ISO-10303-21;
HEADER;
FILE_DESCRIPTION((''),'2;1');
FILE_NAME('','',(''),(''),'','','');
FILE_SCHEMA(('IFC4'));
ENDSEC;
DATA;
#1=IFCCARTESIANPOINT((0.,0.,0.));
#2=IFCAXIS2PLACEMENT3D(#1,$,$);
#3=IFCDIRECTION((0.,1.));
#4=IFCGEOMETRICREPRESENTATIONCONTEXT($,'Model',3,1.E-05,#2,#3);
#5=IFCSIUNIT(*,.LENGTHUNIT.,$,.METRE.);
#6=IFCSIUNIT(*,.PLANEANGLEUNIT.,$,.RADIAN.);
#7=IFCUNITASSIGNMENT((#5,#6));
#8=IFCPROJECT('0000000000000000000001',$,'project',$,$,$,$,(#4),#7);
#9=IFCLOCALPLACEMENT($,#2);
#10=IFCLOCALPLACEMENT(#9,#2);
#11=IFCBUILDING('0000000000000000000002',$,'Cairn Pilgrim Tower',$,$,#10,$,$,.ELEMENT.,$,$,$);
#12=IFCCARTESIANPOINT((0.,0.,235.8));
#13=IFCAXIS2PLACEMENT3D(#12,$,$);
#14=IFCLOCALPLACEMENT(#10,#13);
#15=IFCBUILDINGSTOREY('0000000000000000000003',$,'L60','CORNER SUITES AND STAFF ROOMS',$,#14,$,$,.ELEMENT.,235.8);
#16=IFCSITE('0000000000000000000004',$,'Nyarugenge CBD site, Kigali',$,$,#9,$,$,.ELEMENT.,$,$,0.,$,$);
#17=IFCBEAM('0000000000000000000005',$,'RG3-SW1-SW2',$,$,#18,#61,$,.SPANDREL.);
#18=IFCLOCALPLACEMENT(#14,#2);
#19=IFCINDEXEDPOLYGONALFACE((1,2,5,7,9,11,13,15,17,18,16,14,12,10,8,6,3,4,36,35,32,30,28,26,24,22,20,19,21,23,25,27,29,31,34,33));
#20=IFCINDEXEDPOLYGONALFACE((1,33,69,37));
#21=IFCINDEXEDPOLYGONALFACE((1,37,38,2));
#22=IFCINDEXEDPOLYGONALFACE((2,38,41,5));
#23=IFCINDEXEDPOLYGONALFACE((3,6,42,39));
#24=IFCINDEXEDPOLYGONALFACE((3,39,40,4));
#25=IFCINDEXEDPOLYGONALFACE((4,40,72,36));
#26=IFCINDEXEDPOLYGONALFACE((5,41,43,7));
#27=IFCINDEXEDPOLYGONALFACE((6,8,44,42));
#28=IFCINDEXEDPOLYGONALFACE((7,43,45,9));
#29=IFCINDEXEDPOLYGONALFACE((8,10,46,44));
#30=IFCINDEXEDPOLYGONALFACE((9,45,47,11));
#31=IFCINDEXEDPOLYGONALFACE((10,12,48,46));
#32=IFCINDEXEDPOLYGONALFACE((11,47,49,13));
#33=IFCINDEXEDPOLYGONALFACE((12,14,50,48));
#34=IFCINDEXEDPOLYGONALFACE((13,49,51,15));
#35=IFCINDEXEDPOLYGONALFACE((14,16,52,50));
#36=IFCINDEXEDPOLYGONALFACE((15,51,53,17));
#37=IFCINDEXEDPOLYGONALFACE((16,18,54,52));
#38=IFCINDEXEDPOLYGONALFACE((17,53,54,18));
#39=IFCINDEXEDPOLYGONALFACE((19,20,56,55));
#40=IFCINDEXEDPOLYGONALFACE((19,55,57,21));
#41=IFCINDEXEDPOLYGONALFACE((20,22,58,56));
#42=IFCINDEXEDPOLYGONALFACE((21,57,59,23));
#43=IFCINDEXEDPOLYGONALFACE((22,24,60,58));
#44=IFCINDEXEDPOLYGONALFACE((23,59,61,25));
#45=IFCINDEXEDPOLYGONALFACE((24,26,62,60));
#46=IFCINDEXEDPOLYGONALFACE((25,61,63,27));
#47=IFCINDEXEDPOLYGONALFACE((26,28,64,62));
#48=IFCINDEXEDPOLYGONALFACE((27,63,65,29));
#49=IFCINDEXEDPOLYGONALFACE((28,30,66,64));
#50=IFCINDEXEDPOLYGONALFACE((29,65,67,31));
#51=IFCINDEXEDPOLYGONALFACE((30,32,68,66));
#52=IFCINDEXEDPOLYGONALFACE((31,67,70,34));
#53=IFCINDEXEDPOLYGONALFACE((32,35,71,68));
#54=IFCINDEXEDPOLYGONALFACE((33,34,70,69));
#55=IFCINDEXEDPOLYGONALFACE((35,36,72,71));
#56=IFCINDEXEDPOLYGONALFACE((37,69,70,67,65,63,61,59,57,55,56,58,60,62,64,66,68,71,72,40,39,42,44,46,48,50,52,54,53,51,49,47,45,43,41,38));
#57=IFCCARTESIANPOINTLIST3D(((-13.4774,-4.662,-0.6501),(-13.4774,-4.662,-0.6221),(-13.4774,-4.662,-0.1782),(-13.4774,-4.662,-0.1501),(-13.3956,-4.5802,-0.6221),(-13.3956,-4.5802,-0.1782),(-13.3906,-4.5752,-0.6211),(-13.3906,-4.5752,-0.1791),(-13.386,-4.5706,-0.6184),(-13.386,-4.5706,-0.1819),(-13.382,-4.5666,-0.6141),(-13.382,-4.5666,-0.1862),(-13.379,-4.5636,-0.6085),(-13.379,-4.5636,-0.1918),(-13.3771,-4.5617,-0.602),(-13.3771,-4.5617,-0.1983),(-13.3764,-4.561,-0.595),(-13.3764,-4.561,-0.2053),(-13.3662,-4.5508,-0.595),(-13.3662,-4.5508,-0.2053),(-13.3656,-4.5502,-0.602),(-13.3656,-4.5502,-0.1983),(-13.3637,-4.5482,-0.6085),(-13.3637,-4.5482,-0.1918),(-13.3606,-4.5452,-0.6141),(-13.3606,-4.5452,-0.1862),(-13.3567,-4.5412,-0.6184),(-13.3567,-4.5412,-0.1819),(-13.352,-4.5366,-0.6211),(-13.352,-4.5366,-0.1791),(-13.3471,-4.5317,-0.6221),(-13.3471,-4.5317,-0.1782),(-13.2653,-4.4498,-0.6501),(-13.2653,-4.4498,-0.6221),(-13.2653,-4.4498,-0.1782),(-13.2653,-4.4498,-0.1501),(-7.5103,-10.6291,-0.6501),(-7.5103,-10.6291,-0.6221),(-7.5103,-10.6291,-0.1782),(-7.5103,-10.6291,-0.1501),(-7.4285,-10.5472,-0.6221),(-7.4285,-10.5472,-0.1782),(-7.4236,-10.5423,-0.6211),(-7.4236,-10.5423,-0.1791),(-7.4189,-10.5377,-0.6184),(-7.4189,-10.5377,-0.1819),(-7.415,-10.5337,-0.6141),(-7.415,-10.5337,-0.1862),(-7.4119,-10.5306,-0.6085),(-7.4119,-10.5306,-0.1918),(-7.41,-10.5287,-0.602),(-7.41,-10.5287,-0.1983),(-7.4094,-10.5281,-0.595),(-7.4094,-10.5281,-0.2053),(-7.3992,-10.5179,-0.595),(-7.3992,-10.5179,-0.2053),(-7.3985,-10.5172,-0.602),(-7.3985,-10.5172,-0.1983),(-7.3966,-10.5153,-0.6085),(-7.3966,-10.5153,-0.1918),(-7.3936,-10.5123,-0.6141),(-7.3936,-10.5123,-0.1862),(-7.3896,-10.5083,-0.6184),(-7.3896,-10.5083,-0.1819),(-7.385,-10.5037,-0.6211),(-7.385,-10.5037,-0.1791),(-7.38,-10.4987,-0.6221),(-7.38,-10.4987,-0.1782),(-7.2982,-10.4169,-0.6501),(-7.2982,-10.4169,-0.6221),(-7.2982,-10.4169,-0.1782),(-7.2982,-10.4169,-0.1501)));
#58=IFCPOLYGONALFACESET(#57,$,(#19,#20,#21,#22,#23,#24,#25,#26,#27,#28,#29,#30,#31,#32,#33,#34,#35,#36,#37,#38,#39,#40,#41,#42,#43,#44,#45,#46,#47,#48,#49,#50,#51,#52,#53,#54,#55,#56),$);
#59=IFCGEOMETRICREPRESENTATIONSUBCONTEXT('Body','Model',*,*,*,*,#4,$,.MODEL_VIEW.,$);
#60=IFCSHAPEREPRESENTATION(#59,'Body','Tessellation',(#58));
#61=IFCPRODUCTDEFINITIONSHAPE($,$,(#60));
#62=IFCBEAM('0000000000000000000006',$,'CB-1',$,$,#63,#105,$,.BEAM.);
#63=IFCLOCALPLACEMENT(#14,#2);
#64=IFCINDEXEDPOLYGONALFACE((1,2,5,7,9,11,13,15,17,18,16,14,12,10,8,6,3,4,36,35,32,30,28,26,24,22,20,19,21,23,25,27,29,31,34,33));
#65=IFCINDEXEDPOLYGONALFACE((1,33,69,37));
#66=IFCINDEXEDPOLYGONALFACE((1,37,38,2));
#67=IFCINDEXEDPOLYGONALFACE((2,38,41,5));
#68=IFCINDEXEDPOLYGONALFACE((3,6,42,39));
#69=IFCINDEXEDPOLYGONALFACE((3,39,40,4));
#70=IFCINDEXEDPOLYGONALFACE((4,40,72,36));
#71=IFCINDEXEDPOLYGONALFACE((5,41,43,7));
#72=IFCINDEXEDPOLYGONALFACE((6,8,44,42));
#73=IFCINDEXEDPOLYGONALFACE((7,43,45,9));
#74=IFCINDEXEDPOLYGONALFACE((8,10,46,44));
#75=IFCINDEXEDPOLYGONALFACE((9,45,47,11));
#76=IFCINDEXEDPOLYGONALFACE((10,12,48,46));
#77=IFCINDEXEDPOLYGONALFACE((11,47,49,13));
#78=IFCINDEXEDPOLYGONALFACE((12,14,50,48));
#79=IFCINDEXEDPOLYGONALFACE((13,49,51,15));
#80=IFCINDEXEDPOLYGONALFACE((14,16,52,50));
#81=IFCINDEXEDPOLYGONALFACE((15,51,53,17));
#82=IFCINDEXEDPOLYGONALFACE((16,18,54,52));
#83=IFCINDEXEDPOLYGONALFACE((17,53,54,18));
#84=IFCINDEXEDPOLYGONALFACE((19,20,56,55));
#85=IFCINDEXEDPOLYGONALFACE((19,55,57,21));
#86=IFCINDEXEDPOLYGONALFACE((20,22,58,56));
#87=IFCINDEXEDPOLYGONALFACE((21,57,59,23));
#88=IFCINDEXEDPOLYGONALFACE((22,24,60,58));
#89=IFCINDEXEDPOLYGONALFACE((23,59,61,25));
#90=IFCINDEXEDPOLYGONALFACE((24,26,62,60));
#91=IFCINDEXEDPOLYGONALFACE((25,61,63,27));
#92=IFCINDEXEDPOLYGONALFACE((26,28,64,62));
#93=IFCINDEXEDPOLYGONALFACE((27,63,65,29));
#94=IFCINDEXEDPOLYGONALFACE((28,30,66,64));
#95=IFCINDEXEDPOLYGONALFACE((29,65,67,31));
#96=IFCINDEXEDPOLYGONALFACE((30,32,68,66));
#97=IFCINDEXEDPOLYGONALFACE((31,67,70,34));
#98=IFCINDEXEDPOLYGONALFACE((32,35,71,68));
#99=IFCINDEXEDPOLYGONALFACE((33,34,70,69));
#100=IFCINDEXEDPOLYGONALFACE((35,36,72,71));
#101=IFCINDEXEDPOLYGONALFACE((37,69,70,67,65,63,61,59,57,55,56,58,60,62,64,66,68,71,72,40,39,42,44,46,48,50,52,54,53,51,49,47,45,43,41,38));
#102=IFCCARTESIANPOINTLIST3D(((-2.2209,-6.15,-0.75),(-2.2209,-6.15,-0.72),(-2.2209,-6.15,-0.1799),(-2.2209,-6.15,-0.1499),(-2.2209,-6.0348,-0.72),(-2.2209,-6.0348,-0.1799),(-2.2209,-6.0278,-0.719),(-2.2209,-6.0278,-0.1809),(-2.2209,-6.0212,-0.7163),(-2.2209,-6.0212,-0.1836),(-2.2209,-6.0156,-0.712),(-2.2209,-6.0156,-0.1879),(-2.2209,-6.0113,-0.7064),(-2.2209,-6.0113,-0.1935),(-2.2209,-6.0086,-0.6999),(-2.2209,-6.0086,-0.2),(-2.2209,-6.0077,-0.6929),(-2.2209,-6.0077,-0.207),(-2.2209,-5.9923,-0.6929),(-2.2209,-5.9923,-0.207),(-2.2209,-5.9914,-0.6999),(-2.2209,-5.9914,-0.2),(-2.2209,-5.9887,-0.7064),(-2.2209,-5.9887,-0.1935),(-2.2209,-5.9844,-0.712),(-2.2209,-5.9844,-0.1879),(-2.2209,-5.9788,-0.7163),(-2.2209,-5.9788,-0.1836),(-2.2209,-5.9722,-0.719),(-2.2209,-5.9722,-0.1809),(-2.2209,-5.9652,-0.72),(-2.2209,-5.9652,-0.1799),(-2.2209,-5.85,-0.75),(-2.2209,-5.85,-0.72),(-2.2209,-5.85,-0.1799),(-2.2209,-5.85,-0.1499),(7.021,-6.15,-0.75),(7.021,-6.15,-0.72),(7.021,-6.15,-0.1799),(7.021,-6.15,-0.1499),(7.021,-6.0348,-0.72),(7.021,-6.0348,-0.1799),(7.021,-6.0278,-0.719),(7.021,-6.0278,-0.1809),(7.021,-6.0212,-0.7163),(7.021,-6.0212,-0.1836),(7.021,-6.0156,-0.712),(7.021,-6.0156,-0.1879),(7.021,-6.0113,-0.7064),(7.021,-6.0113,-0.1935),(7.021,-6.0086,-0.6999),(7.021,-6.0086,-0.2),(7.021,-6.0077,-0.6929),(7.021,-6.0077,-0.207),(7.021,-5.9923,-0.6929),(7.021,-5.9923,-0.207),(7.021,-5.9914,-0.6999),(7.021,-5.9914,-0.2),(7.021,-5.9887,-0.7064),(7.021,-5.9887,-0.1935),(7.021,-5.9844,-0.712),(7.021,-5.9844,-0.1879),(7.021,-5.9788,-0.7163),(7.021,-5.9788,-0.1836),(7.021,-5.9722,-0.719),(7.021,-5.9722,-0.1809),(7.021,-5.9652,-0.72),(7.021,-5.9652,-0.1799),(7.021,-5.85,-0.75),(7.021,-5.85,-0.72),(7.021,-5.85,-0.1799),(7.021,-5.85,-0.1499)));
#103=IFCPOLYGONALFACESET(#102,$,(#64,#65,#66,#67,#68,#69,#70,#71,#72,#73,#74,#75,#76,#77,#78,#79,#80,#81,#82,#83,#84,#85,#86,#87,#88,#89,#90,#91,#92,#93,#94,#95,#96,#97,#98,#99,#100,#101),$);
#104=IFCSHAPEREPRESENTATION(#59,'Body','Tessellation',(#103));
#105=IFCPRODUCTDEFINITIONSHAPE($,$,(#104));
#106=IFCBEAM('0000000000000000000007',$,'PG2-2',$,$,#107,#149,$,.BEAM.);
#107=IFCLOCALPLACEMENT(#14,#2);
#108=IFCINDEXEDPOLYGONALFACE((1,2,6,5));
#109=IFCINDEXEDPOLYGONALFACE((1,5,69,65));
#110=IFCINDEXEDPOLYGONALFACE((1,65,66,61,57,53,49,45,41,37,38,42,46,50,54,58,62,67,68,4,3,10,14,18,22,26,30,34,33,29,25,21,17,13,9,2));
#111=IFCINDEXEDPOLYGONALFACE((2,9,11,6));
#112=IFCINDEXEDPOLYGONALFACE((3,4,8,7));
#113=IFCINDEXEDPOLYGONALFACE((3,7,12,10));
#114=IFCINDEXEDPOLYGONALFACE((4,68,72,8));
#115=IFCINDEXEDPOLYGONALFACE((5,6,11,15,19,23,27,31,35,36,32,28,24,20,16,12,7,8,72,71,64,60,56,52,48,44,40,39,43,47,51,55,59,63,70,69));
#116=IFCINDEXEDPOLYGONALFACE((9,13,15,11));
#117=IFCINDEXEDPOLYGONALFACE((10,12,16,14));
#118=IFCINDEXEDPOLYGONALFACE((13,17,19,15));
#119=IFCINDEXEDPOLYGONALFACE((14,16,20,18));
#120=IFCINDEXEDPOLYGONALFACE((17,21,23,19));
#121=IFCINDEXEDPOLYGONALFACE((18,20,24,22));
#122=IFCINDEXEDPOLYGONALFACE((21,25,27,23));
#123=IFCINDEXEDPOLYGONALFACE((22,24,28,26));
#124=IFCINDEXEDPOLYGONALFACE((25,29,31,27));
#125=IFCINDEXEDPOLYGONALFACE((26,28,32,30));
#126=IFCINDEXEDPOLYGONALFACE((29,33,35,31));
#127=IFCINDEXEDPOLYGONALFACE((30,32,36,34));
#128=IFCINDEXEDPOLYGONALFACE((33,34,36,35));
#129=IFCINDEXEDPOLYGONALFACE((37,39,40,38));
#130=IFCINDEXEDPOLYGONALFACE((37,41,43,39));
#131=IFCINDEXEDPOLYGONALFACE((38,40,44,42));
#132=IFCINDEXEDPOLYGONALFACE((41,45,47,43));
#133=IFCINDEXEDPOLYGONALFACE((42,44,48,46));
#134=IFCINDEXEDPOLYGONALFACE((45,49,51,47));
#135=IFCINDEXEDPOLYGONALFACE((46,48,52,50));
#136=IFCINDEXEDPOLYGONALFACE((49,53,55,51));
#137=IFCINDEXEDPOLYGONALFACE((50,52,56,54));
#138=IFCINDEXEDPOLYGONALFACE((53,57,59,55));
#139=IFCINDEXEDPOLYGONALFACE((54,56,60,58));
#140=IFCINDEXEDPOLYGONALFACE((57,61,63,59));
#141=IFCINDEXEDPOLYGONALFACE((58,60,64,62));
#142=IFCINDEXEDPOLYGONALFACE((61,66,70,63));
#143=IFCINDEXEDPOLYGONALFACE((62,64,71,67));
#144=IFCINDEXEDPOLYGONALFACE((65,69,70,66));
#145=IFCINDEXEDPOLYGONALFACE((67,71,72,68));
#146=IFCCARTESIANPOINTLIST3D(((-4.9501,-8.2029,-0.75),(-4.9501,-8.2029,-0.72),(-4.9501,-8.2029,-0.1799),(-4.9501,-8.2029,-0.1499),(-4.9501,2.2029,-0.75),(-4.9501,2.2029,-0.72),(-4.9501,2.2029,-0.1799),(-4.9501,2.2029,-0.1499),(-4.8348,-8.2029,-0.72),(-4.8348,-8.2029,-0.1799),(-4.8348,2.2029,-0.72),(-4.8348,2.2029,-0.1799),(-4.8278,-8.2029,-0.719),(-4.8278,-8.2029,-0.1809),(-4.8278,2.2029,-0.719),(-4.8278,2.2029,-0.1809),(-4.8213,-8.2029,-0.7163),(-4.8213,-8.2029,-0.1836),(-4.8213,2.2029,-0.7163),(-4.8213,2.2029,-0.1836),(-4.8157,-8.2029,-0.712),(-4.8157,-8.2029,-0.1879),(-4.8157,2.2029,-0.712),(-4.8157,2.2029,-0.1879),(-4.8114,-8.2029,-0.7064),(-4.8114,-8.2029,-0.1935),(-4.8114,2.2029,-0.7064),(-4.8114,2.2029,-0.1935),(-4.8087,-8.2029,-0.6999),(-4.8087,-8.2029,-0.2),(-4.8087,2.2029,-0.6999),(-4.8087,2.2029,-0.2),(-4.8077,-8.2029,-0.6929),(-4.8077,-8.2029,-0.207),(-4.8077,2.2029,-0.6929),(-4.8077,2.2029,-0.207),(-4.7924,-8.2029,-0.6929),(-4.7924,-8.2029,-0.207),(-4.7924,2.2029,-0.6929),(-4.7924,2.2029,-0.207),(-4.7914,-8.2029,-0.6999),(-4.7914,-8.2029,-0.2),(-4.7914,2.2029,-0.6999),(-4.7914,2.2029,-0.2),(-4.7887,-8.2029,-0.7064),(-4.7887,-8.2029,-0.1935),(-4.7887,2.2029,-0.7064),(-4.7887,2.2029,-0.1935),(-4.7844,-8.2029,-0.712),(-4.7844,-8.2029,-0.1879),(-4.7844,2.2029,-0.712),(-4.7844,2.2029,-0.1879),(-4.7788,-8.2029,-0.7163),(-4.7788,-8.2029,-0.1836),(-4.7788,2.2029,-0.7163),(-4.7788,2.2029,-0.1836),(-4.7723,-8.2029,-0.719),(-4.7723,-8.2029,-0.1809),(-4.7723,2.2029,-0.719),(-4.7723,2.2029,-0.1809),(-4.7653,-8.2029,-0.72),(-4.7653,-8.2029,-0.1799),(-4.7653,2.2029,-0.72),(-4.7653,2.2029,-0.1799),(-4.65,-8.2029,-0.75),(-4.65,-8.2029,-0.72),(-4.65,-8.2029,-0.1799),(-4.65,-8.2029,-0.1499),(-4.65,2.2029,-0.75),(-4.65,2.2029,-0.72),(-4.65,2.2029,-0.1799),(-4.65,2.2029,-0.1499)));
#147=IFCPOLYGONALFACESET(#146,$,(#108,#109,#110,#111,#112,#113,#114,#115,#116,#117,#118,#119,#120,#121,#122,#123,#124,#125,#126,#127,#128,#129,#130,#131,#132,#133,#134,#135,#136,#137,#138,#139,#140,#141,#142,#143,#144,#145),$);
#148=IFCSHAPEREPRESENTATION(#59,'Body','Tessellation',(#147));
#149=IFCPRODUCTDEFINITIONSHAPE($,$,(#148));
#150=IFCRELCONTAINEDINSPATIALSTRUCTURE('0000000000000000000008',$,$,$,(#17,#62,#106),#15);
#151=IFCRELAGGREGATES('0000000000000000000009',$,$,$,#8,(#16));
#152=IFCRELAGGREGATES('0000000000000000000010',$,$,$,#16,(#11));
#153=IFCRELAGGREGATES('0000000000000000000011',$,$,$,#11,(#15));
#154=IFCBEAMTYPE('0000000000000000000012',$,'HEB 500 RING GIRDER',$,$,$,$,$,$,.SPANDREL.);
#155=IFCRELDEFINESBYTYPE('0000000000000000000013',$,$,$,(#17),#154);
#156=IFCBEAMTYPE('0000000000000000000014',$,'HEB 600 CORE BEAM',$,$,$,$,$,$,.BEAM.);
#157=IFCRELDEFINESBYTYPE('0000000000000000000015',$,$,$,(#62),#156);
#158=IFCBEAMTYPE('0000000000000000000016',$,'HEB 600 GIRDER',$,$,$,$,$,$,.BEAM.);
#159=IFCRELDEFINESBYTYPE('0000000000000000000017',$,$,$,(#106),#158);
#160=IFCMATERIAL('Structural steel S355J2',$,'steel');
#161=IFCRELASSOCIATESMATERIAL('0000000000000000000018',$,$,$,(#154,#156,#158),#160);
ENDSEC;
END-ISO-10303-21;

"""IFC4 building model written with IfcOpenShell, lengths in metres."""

from ifc_helpers import new_model, si_unit, direction, frame, origin, origin_2d, place, context, subcontext, project, spatial, i_section, extrude, material, material_profile, profile_set, type_object, element, save


model = new_model("IFC4")

# Units and contexts
model_context = context("Model", 3, precision=1e-05, world=origin(), true_north=direction((0.0, 1.0)))
body_context = subcontext(model_context, "Body", "Model", "MODEL_VIEW")
ifc_project = project(units=[si_unit("LENGTHUNIT", "METRE"), si_unit("PLANEANGLEUNIT", "RADIAN")], contexts=[model_context])

# Site, building, storey
site_placement = place(None, origin())
site = spatial("IfcSite", under=ifc_project, at=site_placement, Name="Nyarugenge CBD site, Kigali", CompositionType="ELEMENT", RefElevation=0.0)
building_placement = place(site_placement, origin())
building = spatial("IfcBuilding", under=site, at=building_placement, Name="Cairn Pilgrim Tower", CompositionType="ELEMENT")
storey_placement = place(building_placement, frame((0.0, 0.0, 235.8)))
storey = spatial("IfcBuildingStorey", under=building, at=storey_placement, Name="L60", Description="CORNER SUITES AND STAFF ROOMS", CompositionType="ELEMENT", Elevation=235.8)

# Shared definitions
ifc_material_1 = material(Name="Structural steel S355J2", Category="steel")

# Beams
ifc_material_profile_1 = material_profile(ifc_material_1, i_section(OverallWidth=0.3, OverallDepth=0.5, WebThickness=0.0144, FlangeThickness=0.0281, FilletRadius=0.0271, at=origin_2d()), Name="HEB 500")
ifc_profile_set_1 = profile_set([ifc_material_profile_1], Name="Structural steel S355J2")
beam_type_1 = type_object("IfcBeamType", Name="HEB 500 RING GIRDER", PredefinedType="SPANDREL", material=ifc_profile_set_1)
beam_1_placement = place(storey_placement, frame((-13.3713, -4.5559, -0.4001), z_axis=(0.707107, -0.707107, 0.0), x_axis=(0.707107, 0.707107, 0.0)))
element("IfcBeam", 1, at=beam_1_placement, inside=storey, type_object=beam_type_1, Name="RG3-SW1-SW2", PredefinedType="SPANDREL", context=body_context, shape_type="SweptSolid", body=[
    extrude(i_section(OverallWidth=0.3, OverallDepth=0.5, WebThickness=0.0144, FlangeThickness=0.0281, FilletRadius=0.0271, at=origin_2d()), origin(), (0.0, 0.0, 1.0), 8.4387),
])
ifc_material_profile_2 = material_profile(ifc_material_1, i_section(OverallWidth=0.3, OverallDepth=0.6001, WebThickness=0.0154, FlangeThickness=0.03, FilletRadius=0.0271, at=origin_2d()), Name="HEB 600")
ifc_profile_set_2 = profile_set([ifc_material_profile_2], Name="Structural steel S355J2")
beam_type_2 = type_object("IfcBeamType", Name="HEB 600 CORE BEAM", PredefinedType="BEAM", material=ifc_profile_set_2)
beam_2_placement = place(storey_placement, frame((-2.2209, -6.0, -0.45), z_axis=(1.0, 0.0, 0.0), x_axis=(0.0, 1.0, 0.0)))
element("IfcBeam", 2, at=beam_2_placement, inside=storey, type_object=beam_type_2, Name="CB-1", PredefinedType="BEAM", context=body_context, shape_type="SweptSolid", body=[
    extrude(i_section(OverallWidth=0.3, OverallDepth=0.6001, WebThickness=0.0154, FlangeThickness=0.03, FilletRadius=0.0271, at=origin_2d()), origin(), (0.0, 0.0, 1.0), 9.2419),
])
ifc_material_profile_3 = material_profile(ifc_material_1, i_section(OverallWidth=0.3, OverallDepth=0.6001, WebThickness=0.0154, FlangeThickness=0.03, FilletRadius=0.0271, at=origin_2d()), Name="HEB 600")
ifc_profile_set_3 = profile_set([ifc_material_profile_3], Name="Structural steel S355J2")
beam_type_3 = type_object("IfcBeamType", Name="HEB 600 GIRDER", PredefinedType="BEAM", material=ifc_profile_set_3)
beam_3_placement = place(storey_placement, frame((-4.8, -8.2029, -0.45), z_axis=(0.0, 1.0, 0.0), x_axis=(-1.0, 0.0, 0.0)))
element("IfcBeam", 3, at=beam_3_placement, inside=storey, type_object=beam_type_3, Name="PG2-2", PredefinedType="BEAM", context=body_context, shape_type="SweptSolid", body=[
    extrude(i_section(OverallWidth=0.3, OverallDepth=0.6001, WebThickness=0.0154, FlangeThickness=0.03, FilletRadius=0.0271, at=origin_2d()), origin(), (0.0, 0.0, 1.0), 10.4058),
])

save(model, "model.ifc")
